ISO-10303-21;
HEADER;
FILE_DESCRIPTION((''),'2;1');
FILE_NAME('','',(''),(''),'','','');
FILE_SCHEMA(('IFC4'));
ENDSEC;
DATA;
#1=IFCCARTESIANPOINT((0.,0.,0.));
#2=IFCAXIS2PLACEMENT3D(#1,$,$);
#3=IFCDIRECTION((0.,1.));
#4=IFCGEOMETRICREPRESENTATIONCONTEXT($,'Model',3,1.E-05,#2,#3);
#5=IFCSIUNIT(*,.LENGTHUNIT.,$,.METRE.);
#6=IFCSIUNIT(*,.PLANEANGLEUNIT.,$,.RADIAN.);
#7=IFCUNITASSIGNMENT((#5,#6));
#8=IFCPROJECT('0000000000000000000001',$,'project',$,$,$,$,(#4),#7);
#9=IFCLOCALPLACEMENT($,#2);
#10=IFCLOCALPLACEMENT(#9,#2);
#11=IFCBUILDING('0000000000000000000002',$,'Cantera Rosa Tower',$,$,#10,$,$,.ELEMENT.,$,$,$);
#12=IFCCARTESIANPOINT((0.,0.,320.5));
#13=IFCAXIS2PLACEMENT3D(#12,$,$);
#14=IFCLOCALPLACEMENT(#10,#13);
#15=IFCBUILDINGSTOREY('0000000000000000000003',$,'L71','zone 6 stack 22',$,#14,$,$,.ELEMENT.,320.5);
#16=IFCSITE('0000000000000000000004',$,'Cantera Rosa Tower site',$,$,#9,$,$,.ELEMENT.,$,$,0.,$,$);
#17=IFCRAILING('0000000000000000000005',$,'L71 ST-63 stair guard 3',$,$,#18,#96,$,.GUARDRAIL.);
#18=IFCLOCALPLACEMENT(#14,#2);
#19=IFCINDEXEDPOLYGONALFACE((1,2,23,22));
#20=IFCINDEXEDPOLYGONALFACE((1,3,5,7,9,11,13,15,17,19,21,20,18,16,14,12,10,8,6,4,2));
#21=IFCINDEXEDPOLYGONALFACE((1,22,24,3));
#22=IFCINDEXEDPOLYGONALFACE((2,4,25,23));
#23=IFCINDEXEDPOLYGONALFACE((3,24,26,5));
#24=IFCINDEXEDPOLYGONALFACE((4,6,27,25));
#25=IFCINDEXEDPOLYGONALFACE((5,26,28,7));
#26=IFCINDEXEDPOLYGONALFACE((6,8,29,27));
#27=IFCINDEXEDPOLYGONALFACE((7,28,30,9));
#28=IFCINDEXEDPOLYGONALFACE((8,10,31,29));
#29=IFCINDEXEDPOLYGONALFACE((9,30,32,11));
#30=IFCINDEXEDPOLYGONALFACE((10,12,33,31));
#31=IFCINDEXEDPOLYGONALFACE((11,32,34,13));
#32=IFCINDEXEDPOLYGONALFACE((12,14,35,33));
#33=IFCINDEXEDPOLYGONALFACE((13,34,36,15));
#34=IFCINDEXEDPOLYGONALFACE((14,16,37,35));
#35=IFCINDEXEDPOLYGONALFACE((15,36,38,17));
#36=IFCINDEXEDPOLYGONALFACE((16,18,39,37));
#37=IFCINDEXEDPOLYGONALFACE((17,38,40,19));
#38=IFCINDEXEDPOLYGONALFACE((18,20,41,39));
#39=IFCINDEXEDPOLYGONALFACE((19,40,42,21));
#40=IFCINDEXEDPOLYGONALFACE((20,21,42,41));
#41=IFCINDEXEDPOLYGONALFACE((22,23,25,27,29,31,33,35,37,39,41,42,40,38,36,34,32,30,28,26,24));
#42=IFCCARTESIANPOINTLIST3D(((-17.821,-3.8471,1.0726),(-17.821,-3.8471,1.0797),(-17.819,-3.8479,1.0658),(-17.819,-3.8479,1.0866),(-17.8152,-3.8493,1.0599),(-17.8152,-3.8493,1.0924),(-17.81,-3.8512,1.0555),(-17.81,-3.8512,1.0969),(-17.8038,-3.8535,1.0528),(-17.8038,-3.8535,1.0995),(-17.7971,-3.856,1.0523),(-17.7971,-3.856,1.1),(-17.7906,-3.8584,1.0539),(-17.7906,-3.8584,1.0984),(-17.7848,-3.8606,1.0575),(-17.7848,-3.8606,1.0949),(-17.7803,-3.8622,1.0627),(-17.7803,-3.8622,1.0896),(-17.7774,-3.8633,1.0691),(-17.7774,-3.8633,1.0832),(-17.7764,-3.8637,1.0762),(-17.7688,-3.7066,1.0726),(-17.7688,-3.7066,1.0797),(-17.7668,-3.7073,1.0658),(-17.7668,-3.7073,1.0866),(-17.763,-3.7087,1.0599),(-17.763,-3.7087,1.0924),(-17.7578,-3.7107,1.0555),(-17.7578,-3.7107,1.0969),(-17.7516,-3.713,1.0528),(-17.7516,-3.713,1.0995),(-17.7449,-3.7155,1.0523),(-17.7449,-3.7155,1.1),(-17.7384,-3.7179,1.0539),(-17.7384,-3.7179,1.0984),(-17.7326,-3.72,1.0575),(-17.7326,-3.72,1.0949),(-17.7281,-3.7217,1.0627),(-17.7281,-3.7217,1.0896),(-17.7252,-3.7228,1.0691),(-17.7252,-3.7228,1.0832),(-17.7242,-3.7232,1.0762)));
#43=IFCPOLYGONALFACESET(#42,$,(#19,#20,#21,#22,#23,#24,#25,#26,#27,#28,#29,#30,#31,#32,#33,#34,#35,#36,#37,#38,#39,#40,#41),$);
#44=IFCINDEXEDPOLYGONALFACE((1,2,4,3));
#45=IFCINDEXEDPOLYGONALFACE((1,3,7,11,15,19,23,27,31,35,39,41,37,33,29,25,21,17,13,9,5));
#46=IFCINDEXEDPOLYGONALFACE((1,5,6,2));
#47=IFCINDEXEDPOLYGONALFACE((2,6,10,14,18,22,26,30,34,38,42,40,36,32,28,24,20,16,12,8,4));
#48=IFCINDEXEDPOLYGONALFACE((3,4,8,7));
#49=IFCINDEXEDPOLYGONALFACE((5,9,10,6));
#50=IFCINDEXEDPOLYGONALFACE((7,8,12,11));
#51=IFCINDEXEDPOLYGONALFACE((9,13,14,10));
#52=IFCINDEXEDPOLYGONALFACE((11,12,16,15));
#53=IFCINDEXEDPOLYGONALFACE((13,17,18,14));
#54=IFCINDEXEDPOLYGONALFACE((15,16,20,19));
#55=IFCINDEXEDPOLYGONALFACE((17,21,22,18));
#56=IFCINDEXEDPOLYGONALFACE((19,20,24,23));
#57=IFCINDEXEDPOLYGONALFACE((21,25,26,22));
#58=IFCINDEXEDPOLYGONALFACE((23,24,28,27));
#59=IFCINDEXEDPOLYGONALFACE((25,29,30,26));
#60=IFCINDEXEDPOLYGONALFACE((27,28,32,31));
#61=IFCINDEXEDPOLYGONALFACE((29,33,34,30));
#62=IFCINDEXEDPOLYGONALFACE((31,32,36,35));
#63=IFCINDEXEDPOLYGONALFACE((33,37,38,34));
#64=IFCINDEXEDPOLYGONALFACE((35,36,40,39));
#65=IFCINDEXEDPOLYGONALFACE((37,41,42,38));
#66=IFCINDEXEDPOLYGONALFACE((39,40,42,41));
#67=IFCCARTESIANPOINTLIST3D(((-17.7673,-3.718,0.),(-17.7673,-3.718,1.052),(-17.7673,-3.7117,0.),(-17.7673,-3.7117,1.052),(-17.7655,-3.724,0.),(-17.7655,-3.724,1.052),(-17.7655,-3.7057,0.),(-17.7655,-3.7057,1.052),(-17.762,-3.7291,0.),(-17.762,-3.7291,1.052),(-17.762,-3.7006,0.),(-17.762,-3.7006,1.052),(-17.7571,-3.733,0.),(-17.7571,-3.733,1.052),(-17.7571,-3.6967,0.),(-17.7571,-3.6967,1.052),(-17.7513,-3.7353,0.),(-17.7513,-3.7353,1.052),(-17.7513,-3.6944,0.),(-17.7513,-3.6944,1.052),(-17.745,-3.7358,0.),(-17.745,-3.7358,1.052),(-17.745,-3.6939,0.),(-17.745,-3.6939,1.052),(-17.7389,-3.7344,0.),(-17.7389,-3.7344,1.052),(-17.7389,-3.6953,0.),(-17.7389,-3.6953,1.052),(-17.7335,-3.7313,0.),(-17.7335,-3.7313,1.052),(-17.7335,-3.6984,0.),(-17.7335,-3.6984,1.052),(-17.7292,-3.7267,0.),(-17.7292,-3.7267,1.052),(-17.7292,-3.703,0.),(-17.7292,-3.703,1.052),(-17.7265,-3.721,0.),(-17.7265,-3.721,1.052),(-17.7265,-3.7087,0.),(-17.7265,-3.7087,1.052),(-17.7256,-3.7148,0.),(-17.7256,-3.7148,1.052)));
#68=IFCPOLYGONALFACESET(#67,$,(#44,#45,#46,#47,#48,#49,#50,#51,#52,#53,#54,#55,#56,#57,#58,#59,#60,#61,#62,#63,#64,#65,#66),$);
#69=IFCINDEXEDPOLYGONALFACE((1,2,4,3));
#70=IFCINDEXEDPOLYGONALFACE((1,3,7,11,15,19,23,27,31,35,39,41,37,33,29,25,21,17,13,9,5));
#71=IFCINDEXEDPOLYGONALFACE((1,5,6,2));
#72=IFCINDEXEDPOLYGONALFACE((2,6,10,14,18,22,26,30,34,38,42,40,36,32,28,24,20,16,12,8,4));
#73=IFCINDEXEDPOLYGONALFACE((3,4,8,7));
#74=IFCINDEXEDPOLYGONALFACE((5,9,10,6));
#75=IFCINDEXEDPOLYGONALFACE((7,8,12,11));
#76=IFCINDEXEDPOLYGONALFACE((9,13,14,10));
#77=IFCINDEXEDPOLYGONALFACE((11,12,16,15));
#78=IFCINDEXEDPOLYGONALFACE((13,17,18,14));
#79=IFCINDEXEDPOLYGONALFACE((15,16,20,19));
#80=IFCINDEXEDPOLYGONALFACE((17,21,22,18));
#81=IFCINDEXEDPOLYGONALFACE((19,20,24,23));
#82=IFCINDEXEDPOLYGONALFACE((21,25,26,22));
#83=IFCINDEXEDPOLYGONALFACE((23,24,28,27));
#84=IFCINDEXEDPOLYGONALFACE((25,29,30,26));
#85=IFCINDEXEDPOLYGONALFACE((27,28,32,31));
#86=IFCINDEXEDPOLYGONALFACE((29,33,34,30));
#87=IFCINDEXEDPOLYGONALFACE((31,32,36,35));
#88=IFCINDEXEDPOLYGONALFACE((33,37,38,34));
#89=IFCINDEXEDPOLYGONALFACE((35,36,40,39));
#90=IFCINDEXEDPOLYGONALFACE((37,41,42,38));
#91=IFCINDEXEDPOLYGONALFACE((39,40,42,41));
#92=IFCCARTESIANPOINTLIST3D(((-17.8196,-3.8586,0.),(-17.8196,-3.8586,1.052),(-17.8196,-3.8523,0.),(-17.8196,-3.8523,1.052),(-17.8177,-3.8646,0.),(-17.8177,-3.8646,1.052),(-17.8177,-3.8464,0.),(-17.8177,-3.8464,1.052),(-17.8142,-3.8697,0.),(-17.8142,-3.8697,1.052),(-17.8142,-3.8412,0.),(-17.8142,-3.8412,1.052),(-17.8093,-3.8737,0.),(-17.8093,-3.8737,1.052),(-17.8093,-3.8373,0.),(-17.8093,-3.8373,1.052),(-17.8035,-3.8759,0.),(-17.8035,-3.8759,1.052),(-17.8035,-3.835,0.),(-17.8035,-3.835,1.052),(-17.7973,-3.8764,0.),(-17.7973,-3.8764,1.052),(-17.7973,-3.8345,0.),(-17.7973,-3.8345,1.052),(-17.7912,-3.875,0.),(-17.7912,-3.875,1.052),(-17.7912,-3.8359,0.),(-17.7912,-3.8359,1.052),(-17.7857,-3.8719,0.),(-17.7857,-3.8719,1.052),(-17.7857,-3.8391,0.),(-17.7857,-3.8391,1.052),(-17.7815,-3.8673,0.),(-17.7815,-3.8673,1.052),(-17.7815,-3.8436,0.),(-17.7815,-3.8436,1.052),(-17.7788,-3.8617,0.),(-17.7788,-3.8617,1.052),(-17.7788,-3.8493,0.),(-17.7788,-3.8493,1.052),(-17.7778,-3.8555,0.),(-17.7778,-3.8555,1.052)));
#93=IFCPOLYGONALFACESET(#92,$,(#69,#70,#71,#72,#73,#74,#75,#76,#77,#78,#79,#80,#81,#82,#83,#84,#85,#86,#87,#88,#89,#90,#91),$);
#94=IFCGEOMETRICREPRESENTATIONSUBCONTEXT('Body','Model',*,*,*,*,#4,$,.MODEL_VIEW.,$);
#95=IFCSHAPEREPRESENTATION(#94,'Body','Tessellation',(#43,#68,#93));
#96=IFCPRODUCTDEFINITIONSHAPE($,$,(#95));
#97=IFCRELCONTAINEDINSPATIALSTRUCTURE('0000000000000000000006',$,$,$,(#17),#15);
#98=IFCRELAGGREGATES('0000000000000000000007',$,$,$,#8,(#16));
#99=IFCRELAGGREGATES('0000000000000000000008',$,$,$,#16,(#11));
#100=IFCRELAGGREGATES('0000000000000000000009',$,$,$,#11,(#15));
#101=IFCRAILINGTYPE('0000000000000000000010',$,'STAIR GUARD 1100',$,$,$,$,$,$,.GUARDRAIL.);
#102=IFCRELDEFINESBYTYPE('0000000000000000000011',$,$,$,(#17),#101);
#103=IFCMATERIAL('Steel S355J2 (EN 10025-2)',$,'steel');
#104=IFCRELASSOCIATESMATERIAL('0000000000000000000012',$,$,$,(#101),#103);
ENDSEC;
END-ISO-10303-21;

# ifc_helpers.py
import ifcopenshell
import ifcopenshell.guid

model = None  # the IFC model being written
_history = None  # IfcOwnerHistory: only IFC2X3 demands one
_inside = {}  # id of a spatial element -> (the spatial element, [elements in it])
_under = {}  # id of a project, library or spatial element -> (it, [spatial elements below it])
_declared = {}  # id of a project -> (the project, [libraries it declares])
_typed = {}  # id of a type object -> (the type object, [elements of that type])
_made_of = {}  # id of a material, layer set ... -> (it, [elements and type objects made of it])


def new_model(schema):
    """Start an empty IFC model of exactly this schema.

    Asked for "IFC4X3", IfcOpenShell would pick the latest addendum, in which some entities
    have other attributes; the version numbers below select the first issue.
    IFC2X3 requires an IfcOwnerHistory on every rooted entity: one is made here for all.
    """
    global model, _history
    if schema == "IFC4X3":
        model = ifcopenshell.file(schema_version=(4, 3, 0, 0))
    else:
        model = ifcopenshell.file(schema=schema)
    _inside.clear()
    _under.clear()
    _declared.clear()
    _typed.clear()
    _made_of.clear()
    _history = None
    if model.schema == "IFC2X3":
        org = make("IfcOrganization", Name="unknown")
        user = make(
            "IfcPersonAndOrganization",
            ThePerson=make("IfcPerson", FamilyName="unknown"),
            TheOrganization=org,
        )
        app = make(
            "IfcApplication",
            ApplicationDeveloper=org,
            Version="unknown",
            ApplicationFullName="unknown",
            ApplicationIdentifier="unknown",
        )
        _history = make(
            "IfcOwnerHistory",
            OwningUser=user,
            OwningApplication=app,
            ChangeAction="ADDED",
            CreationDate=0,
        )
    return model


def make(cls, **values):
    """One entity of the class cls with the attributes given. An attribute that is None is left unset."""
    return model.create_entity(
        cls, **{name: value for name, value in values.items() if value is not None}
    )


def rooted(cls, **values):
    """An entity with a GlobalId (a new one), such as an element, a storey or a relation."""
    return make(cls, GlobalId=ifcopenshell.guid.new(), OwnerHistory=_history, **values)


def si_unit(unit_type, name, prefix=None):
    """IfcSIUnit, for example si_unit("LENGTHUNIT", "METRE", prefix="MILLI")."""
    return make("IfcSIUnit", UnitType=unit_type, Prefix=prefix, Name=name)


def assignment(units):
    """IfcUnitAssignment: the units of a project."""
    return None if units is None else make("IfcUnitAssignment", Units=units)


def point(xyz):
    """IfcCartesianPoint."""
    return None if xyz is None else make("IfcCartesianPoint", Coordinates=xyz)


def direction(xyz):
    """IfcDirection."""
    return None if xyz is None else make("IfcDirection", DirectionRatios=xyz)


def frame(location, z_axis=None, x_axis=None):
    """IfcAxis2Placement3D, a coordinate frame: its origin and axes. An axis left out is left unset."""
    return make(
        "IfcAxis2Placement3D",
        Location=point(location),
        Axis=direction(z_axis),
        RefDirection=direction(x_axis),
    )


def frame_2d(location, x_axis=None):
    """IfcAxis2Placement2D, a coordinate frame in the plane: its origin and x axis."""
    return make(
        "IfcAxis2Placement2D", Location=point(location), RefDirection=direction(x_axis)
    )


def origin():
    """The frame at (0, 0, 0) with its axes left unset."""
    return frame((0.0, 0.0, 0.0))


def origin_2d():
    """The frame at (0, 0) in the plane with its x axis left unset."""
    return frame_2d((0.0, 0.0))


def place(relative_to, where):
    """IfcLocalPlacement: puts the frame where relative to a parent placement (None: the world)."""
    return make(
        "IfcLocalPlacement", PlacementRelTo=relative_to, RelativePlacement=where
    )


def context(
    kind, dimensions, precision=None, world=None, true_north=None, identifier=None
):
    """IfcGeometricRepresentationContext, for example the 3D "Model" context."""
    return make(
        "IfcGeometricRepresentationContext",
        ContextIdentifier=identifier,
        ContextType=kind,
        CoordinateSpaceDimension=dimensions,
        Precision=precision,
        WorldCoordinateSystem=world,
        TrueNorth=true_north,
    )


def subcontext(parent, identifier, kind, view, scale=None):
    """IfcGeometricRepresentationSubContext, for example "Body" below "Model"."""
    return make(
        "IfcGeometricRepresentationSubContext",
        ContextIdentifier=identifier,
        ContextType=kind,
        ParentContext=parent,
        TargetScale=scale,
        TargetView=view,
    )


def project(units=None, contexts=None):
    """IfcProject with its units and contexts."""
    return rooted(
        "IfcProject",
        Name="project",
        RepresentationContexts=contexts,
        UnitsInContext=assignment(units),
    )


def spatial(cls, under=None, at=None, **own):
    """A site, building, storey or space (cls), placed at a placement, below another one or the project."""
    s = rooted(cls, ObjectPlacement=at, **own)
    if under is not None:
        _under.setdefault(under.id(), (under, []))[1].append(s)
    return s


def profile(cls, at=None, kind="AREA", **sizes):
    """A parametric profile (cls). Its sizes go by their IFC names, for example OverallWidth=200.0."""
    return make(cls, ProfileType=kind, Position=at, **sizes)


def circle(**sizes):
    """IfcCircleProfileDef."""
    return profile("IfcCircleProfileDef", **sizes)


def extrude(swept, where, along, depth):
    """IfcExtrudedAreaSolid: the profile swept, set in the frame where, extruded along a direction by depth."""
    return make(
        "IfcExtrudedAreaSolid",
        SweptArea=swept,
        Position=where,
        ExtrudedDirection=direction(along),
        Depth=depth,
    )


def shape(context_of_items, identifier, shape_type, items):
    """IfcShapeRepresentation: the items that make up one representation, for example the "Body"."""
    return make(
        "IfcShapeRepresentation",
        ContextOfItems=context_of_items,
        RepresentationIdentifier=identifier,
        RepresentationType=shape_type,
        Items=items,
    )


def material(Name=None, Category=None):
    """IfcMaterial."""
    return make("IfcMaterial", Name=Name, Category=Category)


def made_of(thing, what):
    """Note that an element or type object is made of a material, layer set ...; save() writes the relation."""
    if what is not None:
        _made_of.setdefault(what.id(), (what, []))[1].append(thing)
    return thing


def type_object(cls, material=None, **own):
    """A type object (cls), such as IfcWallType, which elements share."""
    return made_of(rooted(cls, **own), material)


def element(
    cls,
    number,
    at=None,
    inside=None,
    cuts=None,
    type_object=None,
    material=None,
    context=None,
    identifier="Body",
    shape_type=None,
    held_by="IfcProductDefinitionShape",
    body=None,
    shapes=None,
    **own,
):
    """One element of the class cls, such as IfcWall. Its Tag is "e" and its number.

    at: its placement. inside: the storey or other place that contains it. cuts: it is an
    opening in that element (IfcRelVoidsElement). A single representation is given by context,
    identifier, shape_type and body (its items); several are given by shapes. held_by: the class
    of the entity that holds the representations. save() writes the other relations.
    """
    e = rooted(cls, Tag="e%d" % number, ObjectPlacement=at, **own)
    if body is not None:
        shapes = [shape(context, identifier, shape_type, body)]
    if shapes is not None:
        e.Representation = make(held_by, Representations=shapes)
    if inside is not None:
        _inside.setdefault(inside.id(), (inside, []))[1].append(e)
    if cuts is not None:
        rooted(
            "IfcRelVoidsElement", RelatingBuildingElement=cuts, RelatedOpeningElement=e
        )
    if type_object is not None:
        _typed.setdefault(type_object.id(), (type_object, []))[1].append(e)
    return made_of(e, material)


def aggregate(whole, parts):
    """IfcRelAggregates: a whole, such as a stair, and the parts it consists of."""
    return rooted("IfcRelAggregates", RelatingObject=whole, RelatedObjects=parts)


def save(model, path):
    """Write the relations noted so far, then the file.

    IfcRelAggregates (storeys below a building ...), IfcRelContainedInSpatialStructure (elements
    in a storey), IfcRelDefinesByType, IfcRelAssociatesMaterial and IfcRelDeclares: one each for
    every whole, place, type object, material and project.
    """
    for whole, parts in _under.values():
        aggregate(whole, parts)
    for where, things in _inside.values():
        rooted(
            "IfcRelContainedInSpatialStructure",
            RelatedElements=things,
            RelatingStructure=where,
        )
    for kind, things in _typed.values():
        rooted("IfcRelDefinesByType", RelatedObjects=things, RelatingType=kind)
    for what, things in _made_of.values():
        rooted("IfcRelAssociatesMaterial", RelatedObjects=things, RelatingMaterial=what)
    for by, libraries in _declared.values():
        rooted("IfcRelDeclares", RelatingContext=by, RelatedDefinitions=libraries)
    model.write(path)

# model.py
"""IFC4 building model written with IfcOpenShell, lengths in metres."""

from ifc_helpers import new_model, si_unit, direction, frame, origin, origin_2d, place, context, subcontext, project, spatial, circle, extrude, material, type_object, element, save


model = new_model("IFC4")

# Units and contexts
model_context = context("Model", 3, precision=1e-05, world=origin(), true_north=direction((0.0, 1.0)))
body_context = subcontext(model_context, "Body", "Model", "MODEL_VIEW")
ifc_project = project(units=[si_unit("LENGTHUNIT", "METRE"), si_unit("PLANEANGLEUNIT", "RADIAN")], contexts=[model_context])

# Site, building, storey
site_placement = place(None, origin())
site = spatial("IfcSite", under=ifc_project, at=site_placement, Name="Cantera Rosa Tower site", CompositionType="ELEMENT", RefElevation=0.0)
building_placement = place(site_placement, origin())
building = spatial("IfcBuilding", under=site, at=building_placement, Name="Cantera Rosa Tower", CompositionType="ELEMENT")
storey_placement = place(building_placement, frame((0.0, 0.0, 320.5)))
storey = spatial("IfcBuildingStorey", under=building, at=storey_placement, Name="L71", Description="zone 6 stack 22", CompositionType="ELEMENT", Elevation=320.5)

# Railing
ifc_material_1 = material(Name="Steel S355J2 (EN 10025-2)", Category="steel")
railing_type_1 = type_object("IfcRailingType", Name="STAIR GUARD 1100", PredefinedType="GUARDRAIL", material=ifc_material_1)
railing_1_placement = place(storey_placement, frame((-17.7466, -3.7148, 0.0)))
element("IfcRailing", 1, at=railing_1_placement, inside=storey, type_object=railing_type_1, Name="L71 ST-63 stair guard 3", PredefinedType="GUARDRAIL", context=body_context, shape_type="SweptSolid", body=[
    extrude(circle(Radius=0.0239, at=origin_2d()), frame((0.0, 0.0, 1.0762), z_axis=(-0.348268, -0.937395, 0.0), x_axis=(0.937395, -0.348268, 0.0)), (0.0, 0.0, 1.0), 0.1499),
    extrude(circle(Radius=0.021, at=origin_2d()), origin(), (0.0, 0.0, 1.0), 1.052),
    extrude(circle(Radius=0.021, at=origin_2d()), frame((-0.0522, -0.1406, 0.0)), (0.0, 0.0, 1.0), 1.052),
])

save(model, "model.ifc")
